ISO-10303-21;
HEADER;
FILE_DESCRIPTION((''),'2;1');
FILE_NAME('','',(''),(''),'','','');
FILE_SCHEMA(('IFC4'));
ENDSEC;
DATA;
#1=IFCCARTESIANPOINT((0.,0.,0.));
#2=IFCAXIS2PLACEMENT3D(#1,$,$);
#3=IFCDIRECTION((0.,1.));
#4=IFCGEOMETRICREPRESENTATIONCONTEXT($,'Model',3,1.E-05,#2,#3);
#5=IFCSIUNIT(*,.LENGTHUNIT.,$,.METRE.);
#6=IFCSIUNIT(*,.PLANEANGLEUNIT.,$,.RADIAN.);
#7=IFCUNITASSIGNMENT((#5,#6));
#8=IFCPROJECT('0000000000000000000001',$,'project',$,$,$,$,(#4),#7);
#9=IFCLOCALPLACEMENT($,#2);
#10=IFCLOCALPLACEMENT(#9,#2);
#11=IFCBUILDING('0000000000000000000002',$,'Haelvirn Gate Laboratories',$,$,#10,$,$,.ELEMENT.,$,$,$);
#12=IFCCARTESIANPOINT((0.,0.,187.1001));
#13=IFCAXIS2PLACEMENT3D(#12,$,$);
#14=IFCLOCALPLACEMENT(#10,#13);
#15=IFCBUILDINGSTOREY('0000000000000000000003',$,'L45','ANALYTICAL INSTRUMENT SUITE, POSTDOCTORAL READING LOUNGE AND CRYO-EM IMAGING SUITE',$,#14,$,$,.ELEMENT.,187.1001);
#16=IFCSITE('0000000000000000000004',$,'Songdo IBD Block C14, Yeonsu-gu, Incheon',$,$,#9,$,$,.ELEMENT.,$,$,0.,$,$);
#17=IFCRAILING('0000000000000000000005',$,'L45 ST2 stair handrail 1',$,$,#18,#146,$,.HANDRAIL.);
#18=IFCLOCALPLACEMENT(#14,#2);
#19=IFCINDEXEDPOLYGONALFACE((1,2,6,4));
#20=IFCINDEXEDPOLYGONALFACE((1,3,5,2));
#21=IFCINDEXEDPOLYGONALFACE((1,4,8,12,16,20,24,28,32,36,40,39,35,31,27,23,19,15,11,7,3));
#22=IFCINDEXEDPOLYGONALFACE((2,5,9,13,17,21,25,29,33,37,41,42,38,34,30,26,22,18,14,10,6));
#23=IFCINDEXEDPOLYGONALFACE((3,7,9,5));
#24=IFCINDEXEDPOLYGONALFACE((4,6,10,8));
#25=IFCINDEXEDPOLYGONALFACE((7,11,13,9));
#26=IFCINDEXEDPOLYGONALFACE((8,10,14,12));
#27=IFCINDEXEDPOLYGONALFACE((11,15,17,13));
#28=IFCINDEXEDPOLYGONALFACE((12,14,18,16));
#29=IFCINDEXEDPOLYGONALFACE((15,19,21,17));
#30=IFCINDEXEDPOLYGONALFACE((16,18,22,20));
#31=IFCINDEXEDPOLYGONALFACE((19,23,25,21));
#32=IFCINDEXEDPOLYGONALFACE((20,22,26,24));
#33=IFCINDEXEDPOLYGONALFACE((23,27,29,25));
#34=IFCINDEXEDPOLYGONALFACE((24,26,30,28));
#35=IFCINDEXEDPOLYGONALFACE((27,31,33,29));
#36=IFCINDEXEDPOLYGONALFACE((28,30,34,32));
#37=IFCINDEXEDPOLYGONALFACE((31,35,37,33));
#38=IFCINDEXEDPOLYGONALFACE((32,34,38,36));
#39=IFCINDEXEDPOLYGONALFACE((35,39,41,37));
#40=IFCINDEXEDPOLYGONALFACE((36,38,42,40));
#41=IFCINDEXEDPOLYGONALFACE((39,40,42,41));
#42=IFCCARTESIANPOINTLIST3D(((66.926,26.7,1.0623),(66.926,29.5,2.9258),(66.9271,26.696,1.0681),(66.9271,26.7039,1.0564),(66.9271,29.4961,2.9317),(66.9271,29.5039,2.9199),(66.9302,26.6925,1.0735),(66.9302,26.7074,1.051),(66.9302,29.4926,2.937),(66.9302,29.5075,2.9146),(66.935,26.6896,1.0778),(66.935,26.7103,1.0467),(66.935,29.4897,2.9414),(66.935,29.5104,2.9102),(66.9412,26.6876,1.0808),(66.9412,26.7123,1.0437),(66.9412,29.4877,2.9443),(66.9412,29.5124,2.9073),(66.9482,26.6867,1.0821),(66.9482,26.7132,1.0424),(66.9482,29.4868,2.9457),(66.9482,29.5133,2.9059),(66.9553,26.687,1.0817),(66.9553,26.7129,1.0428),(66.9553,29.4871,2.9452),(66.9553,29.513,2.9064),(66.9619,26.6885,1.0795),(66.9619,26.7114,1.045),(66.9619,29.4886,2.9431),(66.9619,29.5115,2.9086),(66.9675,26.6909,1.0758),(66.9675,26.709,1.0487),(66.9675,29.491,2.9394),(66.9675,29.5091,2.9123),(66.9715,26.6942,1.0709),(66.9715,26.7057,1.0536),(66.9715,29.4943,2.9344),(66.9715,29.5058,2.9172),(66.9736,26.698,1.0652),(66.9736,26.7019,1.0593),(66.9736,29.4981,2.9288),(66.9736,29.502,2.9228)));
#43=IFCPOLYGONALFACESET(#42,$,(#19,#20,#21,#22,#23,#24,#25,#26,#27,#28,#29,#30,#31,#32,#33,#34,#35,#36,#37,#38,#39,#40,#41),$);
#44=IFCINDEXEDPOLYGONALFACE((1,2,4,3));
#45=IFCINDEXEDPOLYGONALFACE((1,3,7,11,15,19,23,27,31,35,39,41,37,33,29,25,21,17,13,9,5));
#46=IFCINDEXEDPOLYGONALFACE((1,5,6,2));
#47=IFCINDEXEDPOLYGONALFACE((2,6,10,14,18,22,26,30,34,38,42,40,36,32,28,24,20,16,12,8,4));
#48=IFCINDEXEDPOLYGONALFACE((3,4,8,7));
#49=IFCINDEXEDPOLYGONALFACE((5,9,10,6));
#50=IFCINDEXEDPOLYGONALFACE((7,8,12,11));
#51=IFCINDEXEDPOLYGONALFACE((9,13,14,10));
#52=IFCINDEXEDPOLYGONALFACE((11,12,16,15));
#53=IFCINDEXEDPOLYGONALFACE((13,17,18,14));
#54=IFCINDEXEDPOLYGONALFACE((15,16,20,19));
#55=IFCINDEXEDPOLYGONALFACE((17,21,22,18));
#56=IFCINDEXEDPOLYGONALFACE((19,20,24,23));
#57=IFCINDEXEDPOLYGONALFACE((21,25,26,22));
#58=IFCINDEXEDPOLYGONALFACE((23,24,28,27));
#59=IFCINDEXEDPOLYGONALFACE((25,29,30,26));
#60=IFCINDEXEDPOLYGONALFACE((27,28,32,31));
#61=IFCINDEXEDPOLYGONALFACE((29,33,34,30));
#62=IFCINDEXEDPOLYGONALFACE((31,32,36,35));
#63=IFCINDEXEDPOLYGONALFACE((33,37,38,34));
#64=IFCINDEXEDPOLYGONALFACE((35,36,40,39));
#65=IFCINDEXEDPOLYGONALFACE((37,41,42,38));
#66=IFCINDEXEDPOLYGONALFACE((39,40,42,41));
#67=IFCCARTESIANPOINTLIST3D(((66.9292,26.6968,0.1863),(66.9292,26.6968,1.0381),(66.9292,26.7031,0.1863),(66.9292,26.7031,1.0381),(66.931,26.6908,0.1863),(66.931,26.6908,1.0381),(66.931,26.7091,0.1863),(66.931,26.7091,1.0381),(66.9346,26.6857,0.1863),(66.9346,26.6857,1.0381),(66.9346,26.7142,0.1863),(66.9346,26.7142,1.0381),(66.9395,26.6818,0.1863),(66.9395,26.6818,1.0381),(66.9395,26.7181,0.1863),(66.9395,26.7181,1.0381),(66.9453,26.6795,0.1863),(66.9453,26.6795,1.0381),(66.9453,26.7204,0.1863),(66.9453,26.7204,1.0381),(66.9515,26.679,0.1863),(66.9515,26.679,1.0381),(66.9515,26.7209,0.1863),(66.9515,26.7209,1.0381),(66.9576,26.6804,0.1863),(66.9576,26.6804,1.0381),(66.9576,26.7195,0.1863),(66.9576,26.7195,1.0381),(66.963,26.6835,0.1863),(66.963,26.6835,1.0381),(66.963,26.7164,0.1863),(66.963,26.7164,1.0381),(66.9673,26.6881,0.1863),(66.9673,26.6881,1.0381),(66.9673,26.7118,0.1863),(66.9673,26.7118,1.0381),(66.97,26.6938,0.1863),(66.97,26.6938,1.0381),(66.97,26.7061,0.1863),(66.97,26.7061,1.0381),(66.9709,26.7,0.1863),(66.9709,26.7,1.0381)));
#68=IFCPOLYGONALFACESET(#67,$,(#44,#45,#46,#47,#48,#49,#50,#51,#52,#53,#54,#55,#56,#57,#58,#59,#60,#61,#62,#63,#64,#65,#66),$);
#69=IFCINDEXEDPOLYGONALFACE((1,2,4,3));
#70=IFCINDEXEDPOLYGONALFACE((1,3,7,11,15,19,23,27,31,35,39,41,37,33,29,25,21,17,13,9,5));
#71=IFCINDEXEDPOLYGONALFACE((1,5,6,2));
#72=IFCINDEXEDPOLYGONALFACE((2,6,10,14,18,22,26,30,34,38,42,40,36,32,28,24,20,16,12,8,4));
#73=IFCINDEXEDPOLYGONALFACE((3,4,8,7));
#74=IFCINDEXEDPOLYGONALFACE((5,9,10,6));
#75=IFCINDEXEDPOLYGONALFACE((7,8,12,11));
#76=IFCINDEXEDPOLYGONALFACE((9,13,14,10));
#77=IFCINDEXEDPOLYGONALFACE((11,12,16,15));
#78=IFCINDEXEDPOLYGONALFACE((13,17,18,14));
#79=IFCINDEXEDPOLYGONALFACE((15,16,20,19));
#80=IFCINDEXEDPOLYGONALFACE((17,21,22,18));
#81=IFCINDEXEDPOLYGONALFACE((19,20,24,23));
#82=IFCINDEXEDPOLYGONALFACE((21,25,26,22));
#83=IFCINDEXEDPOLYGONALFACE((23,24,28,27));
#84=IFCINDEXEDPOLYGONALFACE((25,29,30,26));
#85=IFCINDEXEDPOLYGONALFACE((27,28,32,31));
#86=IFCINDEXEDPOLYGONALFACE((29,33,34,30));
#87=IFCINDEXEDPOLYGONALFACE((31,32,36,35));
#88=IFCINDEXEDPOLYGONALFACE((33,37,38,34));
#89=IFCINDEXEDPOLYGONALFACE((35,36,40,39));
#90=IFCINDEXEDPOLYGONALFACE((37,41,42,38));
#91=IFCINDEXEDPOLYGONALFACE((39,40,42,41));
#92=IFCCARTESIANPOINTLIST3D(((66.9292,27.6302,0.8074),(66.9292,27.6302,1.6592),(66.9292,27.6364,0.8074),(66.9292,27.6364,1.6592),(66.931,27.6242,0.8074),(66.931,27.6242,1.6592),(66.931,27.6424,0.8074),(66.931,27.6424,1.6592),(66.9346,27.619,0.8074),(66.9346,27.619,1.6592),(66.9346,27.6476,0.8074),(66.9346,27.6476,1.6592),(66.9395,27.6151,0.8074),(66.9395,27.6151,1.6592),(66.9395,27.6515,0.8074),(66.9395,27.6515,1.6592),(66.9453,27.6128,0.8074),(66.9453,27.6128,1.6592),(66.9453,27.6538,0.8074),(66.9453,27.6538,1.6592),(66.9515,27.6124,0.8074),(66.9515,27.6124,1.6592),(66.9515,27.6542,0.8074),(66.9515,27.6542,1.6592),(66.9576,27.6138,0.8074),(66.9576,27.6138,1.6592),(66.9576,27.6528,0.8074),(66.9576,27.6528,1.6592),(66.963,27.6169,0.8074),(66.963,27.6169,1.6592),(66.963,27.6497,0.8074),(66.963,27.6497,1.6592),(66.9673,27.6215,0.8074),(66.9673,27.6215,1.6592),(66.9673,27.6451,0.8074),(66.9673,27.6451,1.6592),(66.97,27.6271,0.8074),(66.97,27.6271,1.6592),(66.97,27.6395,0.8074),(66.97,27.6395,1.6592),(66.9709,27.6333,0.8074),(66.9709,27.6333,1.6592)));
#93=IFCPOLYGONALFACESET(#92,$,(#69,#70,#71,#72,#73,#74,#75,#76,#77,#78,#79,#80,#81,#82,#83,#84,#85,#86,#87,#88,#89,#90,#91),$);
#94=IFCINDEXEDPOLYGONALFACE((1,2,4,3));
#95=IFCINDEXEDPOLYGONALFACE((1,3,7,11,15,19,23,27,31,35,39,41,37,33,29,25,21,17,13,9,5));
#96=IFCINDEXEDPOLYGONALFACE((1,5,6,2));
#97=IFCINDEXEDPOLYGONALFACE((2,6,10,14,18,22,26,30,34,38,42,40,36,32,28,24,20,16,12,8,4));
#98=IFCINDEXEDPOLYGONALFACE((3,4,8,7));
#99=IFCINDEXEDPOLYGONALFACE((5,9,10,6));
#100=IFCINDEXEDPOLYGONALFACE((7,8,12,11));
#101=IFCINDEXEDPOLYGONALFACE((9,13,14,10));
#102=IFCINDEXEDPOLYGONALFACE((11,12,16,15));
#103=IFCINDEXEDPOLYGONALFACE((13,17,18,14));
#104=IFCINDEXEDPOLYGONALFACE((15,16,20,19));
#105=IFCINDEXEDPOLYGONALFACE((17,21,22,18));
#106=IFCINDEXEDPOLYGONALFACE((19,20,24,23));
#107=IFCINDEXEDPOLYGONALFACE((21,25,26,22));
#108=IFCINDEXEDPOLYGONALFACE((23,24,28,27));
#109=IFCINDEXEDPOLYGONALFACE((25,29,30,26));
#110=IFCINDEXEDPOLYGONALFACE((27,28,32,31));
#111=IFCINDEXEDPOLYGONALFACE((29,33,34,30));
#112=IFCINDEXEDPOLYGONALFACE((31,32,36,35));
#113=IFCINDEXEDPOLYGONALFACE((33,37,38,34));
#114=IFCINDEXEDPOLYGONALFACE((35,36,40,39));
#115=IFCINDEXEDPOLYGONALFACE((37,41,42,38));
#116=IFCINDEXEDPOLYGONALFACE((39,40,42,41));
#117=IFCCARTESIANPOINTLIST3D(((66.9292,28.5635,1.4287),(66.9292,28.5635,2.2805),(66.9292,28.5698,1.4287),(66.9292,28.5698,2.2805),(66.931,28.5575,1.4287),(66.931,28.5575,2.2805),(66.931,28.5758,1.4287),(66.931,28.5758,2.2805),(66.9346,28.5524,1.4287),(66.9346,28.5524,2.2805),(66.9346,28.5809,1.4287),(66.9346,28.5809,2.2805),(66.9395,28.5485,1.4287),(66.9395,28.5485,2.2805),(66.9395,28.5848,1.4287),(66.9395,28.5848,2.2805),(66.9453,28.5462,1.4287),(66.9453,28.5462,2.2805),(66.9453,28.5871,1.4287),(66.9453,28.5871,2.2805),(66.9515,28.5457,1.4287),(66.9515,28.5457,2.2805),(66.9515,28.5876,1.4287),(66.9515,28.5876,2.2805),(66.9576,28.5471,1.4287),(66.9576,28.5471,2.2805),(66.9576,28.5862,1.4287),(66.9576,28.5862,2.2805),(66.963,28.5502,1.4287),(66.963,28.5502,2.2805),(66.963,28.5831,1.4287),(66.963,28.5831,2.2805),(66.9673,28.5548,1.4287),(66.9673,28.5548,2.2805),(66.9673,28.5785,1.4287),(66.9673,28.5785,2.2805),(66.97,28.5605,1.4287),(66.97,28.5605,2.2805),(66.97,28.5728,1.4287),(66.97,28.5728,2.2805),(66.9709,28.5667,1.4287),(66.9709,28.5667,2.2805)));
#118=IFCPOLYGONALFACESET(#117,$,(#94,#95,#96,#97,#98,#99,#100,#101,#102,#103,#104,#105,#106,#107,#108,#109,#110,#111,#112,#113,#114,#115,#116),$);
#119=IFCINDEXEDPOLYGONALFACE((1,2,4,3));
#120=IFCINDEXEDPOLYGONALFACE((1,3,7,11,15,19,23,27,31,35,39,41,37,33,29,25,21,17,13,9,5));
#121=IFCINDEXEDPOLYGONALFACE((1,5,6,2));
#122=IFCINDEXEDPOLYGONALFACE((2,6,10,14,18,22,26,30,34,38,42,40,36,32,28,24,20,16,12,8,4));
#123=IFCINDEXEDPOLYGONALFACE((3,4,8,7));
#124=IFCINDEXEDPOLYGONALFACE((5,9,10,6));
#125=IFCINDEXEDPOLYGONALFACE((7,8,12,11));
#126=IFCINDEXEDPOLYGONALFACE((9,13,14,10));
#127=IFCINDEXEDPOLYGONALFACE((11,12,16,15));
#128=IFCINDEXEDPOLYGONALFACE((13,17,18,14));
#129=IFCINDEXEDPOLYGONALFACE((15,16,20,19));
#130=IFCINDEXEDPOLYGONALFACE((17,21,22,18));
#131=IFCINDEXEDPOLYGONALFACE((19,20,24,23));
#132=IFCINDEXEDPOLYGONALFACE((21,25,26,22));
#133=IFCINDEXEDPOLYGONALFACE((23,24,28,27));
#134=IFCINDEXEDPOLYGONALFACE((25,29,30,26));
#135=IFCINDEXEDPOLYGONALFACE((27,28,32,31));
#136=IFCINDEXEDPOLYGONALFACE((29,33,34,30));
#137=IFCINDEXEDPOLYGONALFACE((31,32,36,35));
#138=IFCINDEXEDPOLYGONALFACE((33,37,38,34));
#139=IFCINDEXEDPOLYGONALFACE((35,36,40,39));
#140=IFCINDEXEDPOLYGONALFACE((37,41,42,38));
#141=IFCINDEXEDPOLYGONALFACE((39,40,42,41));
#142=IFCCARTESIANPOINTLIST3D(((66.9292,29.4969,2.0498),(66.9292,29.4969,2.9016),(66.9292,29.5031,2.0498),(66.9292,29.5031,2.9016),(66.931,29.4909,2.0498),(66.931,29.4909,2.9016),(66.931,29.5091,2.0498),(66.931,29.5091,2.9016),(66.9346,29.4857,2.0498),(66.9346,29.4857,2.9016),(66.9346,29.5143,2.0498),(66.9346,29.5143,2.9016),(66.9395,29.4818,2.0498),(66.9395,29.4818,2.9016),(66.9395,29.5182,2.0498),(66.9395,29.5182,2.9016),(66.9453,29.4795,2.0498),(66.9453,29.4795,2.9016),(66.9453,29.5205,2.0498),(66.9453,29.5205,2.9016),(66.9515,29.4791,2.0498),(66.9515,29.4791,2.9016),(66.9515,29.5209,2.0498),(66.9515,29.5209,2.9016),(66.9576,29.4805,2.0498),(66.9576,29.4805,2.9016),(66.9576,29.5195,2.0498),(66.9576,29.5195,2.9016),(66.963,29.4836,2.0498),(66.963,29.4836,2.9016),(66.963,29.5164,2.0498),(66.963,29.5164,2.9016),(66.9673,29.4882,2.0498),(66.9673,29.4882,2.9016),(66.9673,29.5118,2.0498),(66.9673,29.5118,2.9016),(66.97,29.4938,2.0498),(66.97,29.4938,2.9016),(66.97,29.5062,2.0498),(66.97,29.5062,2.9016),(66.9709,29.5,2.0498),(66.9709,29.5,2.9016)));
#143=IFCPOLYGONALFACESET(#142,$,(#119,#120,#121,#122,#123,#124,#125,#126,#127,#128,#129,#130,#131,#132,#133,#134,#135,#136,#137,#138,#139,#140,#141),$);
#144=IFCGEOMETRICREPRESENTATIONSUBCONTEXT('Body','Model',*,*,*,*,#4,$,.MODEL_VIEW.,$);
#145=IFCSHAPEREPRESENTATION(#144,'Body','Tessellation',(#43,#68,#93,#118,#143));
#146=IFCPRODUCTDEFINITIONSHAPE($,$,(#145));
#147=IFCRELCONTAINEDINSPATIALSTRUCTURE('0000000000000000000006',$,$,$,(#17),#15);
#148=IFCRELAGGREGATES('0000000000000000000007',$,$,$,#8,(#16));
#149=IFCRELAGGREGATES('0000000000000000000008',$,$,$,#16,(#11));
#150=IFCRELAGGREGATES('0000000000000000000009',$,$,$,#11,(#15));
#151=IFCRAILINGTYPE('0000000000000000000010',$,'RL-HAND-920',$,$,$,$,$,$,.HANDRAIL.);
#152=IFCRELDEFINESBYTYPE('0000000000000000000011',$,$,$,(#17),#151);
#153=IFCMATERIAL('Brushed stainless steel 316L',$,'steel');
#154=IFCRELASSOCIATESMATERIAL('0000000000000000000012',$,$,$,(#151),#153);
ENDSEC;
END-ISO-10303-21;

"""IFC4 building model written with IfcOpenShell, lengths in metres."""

from ifc_helpers import new_model, si_unit, direction, frame, origin, origin_2d, place, context, subcontext, project, spatial, circle, extrude, source, transform, mapped, material, type_object, element, save


model = new_model("IFC4")

# Units and contexts
model_context = context("Model", 3, precision=1e-05, world=origin(), true_north=direction((0.0, 1.0)))
body_context = subcontext(model_context, "Body", "Model", "MODEL_VIEW")
ifc_project = project(units=[si_unit("LENGTHUNIT", "METRE"), si_unit("PLANEANGLEUNIT", "RADIAN")], contexts=[model_context])

# Site, building, storey
site_placement = place(None, origin())
site = spatial("IfcSite", under=ifc_project, at=site_placement, Name="Songdo IBD Block C14, Yeonsu-gu, Incheon", CompositionType="ELEMENT", RefElevation=0.0)
building_placement = place(site_placement, origin())
building = spatial("IfcBuilding", under=site, at=building_placement, Name="Haelvirn Gate Laboratories", CompositionType="ELEMENT")
storey_placement = place(building_placement, frame((0.0, 0.0, 187.1001)))
storey = spatial("IfcBuildingStorey", under=building, at=storey_placement, Name="L45", Description="ANALYTICAL INSTRUMENT SUITE, POSTDOCTORAL READING LOUNGE AND CRYO-EM IMAGING SUITE", CompositionType="ELEMENT", Elevation=187.1001)

# Railing
ifc_material_1 = material(Name="Brushed stainless steel 316L", Category="steel")
railing_type_1 = type_object("IfcRailingType", Name="RL-HAND-920", PredefinedType="HANDRAIL", material=ifc_material_1)
shared_shape_1 = source(origin(), body_context, "Body", "SweptSolid", [
    extrude(circle(Radius=0.0239, at=origin_2d()), frame((0.0, 0.0, 0.876), z_axis=(0.0, 0.832486, 0.554047), x_axis=(-1.0, 0.0, 0.0)), (0.0, 0.0, 1.0), 3.3635),
    extrude(circle(Radius=0.021, at=origin_2d()), origin(), (0.0, 0.0, 1.0), 0.8518),
    extrude(circle(Radius=0.021, at=origin_2d()), frame((0.0, 0.9333, 0.6211)), (0.0, 0.0, 1.0), 0.8518),
    extrude(circle(Radius=0.021, at=origin_2d()), frame((0.0, 1.8667, 1.2424)), (0.0, 0.0, 1.0), 0.8518),
    extrude(circle(Radius=0.021, at=origin_2d()), frame((0.0, 2.8, 1.8635)), (0.0, 0.0, 1.0), 0.8518),
])
railing_1_placement = place(storey_placement, frame((66.95, 26.7, 0.1863)))
element("IfcRailing", 1, at=railing_1_placement, inside=storey, type_object=railing_type_1, Name="L45 ST2 stair handrail 1", PredefinedType="HANDRAIL", context=body_context, shape_type="MappedRepresentation", body=[
    mapped(shared_shape_1, transform((0.0, 0.0, 0.0), scale=1.0)),
])

save(model, "model.ifc")
